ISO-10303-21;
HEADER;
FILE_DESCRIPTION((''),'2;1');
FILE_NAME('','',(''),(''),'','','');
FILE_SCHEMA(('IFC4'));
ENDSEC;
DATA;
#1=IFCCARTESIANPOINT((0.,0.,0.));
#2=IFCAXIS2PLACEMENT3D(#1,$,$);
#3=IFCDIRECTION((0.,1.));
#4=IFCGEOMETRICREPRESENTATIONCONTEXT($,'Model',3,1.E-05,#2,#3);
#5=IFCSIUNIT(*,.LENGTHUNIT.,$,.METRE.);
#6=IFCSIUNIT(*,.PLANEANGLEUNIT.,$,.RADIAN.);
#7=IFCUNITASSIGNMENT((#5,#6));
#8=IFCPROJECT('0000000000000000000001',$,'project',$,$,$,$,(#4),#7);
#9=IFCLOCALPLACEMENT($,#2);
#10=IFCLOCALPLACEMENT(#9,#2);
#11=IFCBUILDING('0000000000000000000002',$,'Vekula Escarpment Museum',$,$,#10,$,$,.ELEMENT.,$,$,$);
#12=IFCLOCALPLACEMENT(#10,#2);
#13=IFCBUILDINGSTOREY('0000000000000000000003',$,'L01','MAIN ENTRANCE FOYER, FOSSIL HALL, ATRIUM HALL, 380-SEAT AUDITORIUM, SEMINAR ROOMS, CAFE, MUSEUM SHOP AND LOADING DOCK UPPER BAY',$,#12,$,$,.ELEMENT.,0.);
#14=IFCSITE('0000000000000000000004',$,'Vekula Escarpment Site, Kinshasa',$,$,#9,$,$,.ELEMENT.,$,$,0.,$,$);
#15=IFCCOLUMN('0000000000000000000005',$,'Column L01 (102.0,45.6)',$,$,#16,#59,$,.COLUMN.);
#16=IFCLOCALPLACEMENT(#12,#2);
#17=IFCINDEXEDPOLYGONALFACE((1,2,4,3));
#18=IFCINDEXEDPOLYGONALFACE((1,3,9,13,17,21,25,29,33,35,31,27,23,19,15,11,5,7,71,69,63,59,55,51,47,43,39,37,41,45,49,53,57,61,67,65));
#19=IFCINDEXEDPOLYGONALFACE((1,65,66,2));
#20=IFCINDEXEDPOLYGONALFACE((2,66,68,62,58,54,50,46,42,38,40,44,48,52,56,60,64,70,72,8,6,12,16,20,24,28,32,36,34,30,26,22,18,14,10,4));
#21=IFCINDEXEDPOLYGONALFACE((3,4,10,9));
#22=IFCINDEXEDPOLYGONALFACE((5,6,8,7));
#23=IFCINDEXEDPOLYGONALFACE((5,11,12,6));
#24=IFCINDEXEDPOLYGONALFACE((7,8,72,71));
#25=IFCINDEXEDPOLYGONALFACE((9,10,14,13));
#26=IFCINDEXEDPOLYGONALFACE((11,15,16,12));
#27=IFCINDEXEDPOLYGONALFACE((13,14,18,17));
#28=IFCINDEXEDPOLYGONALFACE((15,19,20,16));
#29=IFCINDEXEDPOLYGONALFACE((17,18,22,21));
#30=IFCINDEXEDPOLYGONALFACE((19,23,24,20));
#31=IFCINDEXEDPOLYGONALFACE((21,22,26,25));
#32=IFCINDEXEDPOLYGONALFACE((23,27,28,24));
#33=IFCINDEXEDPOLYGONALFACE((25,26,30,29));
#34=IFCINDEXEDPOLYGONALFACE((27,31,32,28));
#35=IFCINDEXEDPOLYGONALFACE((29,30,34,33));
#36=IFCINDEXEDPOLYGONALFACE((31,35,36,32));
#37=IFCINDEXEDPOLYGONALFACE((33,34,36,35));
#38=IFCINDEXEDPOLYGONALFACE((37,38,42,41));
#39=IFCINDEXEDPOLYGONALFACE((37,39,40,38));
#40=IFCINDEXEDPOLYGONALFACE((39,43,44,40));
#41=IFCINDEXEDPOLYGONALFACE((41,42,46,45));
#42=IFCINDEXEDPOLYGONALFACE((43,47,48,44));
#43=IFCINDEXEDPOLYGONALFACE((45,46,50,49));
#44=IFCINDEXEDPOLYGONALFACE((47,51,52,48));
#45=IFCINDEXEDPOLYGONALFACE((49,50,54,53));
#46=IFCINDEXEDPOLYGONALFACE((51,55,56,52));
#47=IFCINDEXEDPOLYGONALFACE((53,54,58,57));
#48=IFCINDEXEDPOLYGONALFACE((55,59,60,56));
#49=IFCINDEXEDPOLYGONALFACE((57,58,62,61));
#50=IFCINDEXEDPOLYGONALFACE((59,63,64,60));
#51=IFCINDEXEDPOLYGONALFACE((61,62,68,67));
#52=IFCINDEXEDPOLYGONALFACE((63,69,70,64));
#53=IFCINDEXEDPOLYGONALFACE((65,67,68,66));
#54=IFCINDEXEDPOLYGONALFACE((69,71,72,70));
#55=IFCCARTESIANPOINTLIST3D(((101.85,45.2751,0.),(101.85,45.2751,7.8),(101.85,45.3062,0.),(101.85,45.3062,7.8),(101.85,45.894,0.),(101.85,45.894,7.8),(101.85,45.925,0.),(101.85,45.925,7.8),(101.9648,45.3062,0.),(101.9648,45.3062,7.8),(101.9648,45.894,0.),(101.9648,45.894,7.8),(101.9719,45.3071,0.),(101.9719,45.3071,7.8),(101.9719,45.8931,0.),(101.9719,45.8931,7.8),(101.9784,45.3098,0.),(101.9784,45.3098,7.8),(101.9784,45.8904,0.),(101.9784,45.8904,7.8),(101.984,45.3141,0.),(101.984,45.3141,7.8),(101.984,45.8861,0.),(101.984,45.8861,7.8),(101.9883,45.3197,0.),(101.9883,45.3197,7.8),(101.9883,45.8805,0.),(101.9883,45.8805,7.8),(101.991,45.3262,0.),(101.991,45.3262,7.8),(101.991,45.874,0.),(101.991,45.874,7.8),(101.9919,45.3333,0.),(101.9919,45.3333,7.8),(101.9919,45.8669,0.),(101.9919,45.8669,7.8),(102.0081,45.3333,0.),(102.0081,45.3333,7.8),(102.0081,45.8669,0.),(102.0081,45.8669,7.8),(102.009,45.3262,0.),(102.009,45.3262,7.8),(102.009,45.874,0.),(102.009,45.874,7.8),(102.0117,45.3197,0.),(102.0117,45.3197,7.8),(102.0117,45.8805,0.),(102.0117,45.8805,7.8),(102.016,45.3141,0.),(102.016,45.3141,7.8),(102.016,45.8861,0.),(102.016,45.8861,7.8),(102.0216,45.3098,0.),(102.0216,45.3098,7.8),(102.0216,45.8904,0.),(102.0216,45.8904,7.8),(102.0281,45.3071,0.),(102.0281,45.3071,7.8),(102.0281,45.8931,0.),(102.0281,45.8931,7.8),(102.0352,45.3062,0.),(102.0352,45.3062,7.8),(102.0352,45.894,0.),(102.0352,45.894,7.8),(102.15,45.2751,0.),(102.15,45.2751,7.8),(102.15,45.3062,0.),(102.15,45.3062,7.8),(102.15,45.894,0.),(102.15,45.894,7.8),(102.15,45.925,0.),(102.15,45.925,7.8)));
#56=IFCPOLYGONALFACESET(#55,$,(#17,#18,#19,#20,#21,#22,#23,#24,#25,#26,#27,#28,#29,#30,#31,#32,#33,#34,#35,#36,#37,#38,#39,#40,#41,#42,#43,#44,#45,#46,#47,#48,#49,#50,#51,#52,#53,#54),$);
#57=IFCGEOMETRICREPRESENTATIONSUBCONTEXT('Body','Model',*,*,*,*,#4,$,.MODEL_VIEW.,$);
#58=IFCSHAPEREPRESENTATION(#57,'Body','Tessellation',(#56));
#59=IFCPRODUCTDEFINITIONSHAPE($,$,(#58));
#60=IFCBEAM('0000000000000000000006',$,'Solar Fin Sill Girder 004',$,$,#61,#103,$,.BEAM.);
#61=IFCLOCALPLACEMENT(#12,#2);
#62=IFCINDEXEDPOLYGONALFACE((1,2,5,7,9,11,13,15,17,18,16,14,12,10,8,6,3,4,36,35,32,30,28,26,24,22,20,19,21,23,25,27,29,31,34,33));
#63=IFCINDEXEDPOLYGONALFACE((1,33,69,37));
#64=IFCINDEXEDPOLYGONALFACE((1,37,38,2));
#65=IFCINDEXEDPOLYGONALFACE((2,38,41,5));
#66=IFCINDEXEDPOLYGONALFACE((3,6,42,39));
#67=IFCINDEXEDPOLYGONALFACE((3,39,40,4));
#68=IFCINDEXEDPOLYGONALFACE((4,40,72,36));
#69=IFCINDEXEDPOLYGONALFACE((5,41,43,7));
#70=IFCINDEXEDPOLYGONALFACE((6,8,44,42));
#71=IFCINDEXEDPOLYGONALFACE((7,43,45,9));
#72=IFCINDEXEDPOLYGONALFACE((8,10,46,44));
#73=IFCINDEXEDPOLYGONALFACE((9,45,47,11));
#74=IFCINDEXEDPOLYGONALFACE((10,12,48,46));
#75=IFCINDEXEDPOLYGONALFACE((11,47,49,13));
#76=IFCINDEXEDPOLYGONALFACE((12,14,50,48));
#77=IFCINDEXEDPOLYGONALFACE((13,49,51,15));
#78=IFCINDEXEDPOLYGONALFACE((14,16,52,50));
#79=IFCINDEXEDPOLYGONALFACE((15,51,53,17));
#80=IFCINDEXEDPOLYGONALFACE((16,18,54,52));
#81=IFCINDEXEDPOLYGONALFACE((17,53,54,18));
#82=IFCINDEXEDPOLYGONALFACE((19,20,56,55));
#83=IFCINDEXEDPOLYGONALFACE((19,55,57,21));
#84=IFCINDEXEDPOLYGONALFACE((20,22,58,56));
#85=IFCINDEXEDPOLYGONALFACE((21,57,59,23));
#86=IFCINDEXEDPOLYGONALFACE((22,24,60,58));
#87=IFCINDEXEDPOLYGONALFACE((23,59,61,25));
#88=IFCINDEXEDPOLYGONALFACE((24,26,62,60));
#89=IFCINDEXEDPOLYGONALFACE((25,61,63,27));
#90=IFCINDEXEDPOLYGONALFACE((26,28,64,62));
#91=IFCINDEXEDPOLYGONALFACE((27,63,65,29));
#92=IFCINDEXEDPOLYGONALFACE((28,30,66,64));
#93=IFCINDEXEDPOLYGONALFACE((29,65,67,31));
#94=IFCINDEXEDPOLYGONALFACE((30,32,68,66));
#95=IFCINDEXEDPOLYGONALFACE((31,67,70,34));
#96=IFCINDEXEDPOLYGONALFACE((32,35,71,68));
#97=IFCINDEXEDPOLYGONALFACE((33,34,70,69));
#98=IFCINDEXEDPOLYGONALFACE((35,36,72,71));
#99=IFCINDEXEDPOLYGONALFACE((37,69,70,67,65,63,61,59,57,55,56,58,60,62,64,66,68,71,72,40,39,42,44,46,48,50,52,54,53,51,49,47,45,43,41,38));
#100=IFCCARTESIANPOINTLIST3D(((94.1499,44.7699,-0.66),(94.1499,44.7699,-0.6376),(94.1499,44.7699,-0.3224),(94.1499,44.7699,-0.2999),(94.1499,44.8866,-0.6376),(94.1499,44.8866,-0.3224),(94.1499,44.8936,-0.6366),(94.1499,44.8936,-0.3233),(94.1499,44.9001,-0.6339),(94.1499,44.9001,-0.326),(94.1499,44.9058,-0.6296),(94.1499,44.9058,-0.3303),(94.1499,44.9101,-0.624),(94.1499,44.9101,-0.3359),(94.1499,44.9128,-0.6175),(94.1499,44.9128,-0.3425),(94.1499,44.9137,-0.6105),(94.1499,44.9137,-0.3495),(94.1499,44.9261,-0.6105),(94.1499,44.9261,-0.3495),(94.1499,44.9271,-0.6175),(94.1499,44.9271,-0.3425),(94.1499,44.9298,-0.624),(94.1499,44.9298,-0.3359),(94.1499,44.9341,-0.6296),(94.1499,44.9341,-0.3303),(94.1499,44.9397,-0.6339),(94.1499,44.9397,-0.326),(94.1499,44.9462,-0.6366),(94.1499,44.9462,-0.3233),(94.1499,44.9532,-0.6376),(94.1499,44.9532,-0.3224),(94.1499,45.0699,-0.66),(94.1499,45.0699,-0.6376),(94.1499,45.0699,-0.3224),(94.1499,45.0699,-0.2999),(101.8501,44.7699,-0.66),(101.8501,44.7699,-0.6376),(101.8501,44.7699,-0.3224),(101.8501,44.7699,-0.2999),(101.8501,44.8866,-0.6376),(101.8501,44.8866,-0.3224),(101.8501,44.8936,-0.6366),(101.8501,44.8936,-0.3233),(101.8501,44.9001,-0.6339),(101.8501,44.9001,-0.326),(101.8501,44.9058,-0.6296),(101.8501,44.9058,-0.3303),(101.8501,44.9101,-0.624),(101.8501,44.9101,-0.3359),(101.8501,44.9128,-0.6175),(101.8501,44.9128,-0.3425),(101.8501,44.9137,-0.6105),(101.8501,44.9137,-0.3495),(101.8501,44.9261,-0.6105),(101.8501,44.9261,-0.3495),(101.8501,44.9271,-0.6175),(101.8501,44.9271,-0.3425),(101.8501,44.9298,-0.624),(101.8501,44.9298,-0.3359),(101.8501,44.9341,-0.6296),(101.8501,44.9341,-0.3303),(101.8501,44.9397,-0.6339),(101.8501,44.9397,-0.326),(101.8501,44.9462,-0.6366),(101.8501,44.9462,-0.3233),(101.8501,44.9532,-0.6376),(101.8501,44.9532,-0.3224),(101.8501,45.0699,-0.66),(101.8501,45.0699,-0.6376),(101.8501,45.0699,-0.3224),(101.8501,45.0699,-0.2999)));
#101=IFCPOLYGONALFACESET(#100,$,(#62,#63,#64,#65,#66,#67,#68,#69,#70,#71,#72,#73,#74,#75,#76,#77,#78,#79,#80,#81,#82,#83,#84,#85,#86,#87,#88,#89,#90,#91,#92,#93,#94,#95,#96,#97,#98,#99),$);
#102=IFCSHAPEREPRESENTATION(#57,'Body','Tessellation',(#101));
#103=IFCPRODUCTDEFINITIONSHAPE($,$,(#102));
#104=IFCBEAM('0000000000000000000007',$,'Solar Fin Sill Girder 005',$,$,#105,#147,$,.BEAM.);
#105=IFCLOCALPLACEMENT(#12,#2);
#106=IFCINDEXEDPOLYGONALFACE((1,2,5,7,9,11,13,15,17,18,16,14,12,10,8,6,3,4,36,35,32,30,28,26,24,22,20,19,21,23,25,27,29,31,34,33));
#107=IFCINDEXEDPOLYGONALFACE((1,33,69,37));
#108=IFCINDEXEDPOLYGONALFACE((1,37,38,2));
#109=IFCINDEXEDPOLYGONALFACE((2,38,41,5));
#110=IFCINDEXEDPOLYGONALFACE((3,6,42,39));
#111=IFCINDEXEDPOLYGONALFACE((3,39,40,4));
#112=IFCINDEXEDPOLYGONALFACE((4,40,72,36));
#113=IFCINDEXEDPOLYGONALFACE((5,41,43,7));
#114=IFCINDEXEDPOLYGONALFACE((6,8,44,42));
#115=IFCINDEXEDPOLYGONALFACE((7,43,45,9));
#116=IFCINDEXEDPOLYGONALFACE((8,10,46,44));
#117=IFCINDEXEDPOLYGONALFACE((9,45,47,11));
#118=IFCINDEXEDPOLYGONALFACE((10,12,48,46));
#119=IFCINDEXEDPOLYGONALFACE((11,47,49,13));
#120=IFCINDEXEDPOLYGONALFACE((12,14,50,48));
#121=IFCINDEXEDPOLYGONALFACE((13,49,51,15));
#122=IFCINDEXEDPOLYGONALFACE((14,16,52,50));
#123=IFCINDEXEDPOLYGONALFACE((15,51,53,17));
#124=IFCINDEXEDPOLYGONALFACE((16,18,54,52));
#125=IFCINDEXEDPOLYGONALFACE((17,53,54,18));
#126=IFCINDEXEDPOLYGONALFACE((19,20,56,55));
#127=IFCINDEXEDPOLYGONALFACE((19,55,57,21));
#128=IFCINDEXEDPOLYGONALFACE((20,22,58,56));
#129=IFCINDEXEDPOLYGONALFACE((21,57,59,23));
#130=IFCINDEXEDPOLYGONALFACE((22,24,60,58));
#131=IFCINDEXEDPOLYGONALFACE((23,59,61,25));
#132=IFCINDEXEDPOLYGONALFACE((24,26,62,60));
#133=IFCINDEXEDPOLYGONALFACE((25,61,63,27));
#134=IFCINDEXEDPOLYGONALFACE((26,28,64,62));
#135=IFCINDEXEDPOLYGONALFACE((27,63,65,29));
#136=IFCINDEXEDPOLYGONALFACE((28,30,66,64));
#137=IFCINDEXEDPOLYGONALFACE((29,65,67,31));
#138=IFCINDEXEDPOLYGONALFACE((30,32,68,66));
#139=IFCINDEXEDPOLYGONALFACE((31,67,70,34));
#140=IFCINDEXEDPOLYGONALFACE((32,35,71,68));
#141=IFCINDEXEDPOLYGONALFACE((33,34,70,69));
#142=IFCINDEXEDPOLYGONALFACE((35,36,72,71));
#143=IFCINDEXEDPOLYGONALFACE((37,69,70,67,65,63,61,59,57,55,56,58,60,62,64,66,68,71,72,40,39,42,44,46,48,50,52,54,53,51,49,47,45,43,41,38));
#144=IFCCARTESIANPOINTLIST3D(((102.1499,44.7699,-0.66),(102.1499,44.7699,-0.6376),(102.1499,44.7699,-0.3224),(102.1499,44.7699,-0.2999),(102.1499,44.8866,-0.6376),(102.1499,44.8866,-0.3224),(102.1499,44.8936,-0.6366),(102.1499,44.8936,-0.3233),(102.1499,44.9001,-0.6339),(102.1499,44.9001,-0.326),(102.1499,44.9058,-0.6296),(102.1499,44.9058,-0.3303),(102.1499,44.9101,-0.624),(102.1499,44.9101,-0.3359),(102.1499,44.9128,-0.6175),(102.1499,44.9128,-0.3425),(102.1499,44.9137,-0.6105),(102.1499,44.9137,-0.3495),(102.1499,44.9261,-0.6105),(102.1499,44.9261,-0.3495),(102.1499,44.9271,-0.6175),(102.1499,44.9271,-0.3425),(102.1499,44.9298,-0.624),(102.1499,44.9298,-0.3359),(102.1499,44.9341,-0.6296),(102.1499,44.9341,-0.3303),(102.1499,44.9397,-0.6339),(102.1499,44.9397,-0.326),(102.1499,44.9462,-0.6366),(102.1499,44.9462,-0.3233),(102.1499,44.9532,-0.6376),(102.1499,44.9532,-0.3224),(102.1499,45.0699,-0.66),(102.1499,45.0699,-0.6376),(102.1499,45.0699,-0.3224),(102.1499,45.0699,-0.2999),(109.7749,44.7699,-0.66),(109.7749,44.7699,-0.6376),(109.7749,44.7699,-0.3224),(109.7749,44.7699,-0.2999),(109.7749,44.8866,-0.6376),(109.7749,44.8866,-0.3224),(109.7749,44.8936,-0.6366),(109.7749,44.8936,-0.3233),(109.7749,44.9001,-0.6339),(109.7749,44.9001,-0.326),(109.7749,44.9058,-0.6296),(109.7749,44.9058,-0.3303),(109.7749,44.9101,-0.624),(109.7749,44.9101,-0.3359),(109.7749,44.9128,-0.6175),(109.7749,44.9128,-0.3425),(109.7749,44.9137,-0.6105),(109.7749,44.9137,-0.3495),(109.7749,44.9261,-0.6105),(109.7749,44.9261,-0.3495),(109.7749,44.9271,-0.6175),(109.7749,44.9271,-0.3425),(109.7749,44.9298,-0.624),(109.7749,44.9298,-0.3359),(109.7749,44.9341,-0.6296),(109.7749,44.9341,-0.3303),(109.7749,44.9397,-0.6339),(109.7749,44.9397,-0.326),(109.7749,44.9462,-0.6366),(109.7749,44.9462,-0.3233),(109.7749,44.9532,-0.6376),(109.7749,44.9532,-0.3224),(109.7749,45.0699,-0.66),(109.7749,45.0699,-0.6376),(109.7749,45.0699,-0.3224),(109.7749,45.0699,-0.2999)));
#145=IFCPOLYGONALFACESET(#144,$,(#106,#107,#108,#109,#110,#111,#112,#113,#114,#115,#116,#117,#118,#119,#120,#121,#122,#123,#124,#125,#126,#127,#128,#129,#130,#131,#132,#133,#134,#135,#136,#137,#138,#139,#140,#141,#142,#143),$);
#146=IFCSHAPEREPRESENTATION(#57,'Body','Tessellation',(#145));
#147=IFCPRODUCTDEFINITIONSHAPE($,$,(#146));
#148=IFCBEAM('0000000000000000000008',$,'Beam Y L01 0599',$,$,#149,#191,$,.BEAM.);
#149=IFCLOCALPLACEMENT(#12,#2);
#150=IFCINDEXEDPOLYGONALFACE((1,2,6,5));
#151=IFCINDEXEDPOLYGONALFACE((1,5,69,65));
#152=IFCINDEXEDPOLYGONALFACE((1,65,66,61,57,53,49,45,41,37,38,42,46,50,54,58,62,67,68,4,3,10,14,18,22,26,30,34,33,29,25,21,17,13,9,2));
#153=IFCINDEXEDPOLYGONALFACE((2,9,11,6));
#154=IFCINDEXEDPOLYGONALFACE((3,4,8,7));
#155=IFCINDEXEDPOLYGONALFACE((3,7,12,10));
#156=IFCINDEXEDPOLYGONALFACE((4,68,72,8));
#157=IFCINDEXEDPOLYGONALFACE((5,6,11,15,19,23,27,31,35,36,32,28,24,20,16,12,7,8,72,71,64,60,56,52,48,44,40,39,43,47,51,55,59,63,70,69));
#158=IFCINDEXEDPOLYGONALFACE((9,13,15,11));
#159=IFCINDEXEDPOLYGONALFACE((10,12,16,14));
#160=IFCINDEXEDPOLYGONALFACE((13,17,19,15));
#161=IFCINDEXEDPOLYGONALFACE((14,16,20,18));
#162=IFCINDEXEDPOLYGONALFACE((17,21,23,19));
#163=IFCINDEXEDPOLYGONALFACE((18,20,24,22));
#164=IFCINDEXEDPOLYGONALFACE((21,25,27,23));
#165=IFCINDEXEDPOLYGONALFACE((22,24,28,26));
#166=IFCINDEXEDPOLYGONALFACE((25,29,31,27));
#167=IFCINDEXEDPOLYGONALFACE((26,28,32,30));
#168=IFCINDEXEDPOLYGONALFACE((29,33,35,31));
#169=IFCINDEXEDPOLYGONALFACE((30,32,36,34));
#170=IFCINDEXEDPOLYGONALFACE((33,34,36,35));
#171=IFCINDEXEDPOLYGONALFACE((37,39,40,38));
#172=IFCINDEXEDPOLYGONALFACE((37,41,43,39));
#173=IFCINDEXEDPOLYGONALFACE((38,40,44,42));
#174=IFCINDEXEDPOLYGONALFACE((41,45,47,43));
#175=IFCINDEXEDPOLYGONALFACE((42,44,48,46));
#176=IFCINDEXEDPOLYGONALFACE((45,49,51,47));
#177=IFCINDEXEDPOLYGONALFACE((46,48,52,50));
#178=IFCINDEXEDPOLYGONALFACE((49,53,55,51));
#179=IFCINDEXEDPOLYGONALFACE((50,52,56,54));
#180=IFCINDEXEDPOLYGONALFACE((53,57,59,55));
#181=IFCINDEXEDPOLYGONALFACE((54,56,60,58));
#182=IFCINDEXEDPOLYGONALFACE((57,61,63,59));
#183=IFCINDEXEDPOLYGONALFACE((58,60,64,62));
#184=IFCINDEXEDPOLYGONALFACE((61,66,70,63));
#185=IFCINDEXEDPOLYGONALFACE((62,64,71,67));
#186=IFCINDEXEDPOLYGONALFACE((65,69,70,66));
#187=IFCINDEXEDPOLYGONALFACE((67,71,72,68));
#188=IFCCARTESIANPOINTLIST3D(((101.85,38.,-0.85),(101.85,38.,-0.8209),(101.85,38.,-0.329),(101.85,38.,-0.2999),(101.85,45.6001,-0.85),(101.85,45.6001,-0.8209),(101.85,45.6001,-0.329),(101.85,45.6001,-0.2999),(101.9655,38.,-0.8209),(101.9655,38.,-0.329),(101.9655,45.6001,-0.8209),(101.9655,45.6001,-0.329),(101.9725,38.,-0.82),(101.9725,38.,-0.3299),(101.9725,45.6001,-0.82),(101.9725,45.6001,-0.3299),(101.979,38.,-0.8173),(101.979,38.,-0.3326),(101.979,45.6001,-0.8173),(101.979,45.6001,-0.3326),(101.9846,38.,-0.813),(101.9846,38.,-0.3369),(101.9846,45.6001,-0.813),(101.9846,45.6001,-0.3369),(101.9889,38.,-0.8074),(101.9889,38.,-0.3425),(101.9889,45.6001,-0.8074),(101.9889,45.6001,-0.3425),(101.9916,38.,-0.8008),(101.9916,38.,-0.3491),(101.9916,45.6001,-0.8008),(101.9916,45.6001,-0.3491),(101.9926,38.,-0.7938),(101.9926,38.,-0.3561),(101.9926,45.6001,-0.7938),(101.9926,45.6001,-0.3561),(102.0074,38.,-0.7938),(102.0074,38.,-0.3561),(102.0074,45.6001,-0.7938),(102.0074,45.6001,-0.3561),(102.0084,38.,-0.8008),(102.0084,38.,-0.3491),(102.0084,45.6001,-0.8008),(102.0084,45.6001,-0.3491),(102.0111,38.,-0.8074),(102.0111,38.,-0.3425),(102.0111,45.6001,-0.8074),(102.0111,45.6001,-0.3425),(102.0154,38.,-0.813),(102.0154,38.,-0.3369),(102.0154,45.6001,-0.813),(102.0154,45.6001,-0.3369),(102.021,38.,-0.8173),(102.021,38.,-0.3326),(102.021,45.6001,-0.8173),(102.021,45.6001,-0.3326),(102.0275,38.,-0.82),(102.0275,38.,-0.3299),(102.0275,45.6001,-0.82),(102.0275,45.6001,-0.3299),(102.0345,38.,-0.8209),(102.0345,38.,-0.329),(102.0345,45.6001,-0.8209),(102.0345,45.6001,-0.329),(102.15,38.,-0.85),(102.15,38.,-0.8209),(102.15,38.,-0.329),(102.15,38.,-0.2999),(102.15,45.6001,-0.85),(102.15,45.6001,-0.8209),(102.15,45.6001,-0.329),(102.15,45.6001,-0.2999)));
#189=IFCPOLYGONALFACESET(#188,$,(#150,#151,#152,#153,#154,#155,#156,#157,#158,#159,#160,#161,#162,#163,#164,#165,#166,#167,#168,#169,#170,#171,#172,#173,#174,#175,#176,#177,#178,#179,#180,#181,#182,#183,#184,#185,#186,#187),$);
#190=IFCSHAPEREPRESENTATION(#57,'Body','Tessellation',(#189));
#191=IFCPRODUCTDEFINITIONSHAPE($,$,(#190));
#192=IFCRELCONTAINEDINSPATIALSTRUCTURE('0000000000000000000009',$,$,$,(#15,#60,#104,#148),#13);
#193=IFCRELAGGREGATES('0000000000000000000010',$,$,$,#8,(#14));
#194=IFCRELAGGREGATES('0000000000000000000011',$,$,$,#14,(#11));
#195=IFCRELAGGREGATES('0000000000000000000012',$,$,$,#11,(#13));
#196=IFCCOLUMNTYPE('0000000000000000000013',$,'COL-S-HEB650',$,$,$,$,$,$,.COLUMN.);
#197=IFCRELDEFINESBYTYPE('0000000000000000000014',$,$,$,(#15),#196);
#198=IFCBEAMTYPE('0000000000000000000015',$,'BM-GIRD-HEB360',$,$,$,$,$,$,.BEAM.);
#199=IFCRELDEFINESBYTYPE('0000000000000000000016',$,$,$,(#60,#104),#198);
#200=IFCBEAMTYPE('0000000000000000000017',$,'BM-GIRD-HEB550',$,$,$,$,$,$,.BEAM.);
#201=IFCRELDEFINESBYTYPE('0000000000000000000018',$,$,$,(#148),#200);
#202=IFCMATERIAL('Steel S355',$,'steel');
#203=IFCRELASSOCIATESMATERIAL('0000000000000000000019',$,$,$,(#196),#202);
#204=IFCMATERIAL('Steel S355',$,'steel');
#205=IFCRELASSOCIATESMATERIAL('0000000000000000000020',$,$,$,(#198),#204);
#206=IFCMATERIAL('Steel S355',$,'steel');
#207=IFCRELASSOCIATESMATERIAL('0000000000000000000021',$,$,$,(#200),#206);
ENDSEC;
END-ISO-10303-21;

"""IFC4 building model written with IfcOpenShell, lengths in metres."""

from ifc_helpers import new_model, si_unit, direction, frame, origin, origin_2d, place, context, subcontext, project, spatial, i_section, extrude, material, material_profile, profile_set, type_object, element, save


model = new_model("IFC4")

# Units and contexts
model_context = context("Model", 3, precision=1e-05, world=origin(), true_north=direction((0.0, 1.0)))
body_context = subcontext(model_context, "Body", "Model", "MODEL_VIEW")
ifc_project = project(units=[si_unit("LENGTHUNIT", "METRE"), si_unit("PLANEANGLEUNIT", "RADIAN")], contexts=[model_context])

# Site, building, storey
site_placement = place(None, origin())
site = spatial("IfcSite", under=ifc_project, at=site_placement, Name="Vekula Escarpment Site, Kinshasa", CompositionType="ELEMENT", RefElevation=0.0)
building_placement = place(site_placement, origin())
building = spatial("IfcBuilding", under=site, at=building_placement, Name="Vekula Escarpment Museum", CompositionType="ELEMENT")
storey_placement = place(building_placement, origin())
storey = spatial("IfcBuildingStorey", under=building, at=storey_placement, Name="L01", Description="MAIN ENTRANCE FOYER, FOSSIL HALL, ATRIUM HALL, 380-SEAT AUDITORIUM, SEMINAR ROOMS, CAFE, MUSEUM SHOP AND LOADING DOCK UPPER BAY", CompositionType="ELEMENT", Elevation=0.0)

# Column
ifc_material_1 = material(Name="Steel S355", Category="steel")
ifc_material_profile_1 = material_profile(ifc_material_1, i_section(OverallWidth=0.3, OverallDepth=0.6499, WebThickness=0.0161, FlangeThickness=0.031, FilletRadius=0.0271, at=origin_2d()), Name="HEB 650")
ifc_profile_set_1 = profile_set([ifc_material_profile_1], Name="Steel S355")
column_type = type_object("IfcColumnType", Name="COL-S-HEB650", PredefinedType="COLUMN", material=ifc_profile_set_1)
column_placement = place(storey_placement, frame((102.0, 45.6001, 0.0), z_axis=(0.0, 0.0, 1.0), x_axis=(1.0, 0.0, 0.0)))
element("IfcColumn", 1, at=column_placement, inside=storey, type_object=column_type, Name="Column L01 (102.0,45.6)", PredefinedType="COLUMN", context=body_context, shape_type="SweptSolid", body=[
    extrude(i_section(OverallWidth=0.3, OverallDepth=0.6499, WebThickness=0.0161, FlangeThickness=0.031, FilletRadius=0.0271, at=origin_2d()), origin(), (0.0, 0.0, 1.0), 7.8),
])

# Beams
ifc_material_2 = material(Name="Steel S355", Category="steel")
ifc_material_profile_2 = material_profile(ifc_material_2, i_section(OverallWidth=0.3, OverallDepth=0.3601, WebThickness=0.0125, FlangeThickness=0.0225, FilletRadius=0.0271, at=origin_2d()), Name="HEB 360")
ifc_profile_set_2 = profile_set([ifc_material_profile_2], Name="Steel S355")
beam_type_1 = type_object("IfcBeamType", Name="BM-GIRD-HEB360", PredefinedType="BEAM", material=ifc_profile_set_2)
beam_1_placement = place(storey_placement, frame((94.1499, 44.9199, -0.48), z_axis=(1.0, 0.0, 0.0), x_axis=(0.0, 1.0, 0.0)))
element("IfcBeam", 2, at=beam_1_placement, inside=storey, type_object=beam_type_1, Name="Solar Fin Sill Girder 004", PredefinedType="BEAM", context=body_context, shape_type="SweptSolid", body=[
    extrude(i_section(OverallWidth=0.3, OverallDepth=0.3601, WebThickness=0.0125, FlangeThickness=0.0225, FilletRadius=0.0271, at=origin_2d()), origin(), (0.0, 0.0, 1.0), 7.7002),
])
beam_2_placement = place(storey_placement, frame((102.1499, 44.9199, -0.48), z_axis=(1.0, 0.0, 0.0), x_axis=(0.0, 1.0, 0.0)))
element("IfcBeam", 3, at=beam_2_placement, inside=storey, type_object=beam_type_1, Name="Solar Fin Sill Girder 005", PredefinedType="BEAM", context=body_context, shape_type="SweptSolid", body=[
    extrude(i_section(OverallWidth=0.3, OverallDepth=0.3601, WebThickness=0.0125, FlangeThickness=0.0225, FilletRadius=0.0271, at=origin_2d()), origin(), (0.0, 0.0, 1.0), 7.625),
])
ifc_material_3 = material(Name="Steel S355", Category="steel")
ifc_material_profile_3 = material_profile(ifc_material_3, i_section(OverallWidth=0.3, OverallDepth=0.55, WebThickness=0.0149, FlangeThickness=0.0291, FilletRadius=0.0271, at=origin_2d()), Name="HEB 550")
ifc_profile_set_3 = profile_set([ifc_material_profile_3], Name="Steel S355")
beam_type_2 = type_object("IfcBeamType", Name="BM-GIRD-HEB550", PredefinedType="BEAM", material=ifc_profile_set_3)
beam_3_placement = place(storey_placement, frame((102.0, 38.0, -0.575), z_axis=(0.0, 1.0, 0.0), x_axis=(-1.0, 0.0, 0.0)))
element("IfcBeam", 4, at=beam_3_placement, inside=storey, type_object=beam_type_2, Name="Beam Y L01 0599", PredefinedType="BEAM", context=body_context, shape_type="SweptSolid", body=[
    extrude(i_section(OverallWidth=0.3, OverallDepth=0.55, WebThickness=0.0149, FlangeThickness=0.0291, FilletRadius=0.0271, at=origin_2d()), origin(), (0.0, 0.0, 1.0), 7.6001),
])

save(model, "model.ifc")
